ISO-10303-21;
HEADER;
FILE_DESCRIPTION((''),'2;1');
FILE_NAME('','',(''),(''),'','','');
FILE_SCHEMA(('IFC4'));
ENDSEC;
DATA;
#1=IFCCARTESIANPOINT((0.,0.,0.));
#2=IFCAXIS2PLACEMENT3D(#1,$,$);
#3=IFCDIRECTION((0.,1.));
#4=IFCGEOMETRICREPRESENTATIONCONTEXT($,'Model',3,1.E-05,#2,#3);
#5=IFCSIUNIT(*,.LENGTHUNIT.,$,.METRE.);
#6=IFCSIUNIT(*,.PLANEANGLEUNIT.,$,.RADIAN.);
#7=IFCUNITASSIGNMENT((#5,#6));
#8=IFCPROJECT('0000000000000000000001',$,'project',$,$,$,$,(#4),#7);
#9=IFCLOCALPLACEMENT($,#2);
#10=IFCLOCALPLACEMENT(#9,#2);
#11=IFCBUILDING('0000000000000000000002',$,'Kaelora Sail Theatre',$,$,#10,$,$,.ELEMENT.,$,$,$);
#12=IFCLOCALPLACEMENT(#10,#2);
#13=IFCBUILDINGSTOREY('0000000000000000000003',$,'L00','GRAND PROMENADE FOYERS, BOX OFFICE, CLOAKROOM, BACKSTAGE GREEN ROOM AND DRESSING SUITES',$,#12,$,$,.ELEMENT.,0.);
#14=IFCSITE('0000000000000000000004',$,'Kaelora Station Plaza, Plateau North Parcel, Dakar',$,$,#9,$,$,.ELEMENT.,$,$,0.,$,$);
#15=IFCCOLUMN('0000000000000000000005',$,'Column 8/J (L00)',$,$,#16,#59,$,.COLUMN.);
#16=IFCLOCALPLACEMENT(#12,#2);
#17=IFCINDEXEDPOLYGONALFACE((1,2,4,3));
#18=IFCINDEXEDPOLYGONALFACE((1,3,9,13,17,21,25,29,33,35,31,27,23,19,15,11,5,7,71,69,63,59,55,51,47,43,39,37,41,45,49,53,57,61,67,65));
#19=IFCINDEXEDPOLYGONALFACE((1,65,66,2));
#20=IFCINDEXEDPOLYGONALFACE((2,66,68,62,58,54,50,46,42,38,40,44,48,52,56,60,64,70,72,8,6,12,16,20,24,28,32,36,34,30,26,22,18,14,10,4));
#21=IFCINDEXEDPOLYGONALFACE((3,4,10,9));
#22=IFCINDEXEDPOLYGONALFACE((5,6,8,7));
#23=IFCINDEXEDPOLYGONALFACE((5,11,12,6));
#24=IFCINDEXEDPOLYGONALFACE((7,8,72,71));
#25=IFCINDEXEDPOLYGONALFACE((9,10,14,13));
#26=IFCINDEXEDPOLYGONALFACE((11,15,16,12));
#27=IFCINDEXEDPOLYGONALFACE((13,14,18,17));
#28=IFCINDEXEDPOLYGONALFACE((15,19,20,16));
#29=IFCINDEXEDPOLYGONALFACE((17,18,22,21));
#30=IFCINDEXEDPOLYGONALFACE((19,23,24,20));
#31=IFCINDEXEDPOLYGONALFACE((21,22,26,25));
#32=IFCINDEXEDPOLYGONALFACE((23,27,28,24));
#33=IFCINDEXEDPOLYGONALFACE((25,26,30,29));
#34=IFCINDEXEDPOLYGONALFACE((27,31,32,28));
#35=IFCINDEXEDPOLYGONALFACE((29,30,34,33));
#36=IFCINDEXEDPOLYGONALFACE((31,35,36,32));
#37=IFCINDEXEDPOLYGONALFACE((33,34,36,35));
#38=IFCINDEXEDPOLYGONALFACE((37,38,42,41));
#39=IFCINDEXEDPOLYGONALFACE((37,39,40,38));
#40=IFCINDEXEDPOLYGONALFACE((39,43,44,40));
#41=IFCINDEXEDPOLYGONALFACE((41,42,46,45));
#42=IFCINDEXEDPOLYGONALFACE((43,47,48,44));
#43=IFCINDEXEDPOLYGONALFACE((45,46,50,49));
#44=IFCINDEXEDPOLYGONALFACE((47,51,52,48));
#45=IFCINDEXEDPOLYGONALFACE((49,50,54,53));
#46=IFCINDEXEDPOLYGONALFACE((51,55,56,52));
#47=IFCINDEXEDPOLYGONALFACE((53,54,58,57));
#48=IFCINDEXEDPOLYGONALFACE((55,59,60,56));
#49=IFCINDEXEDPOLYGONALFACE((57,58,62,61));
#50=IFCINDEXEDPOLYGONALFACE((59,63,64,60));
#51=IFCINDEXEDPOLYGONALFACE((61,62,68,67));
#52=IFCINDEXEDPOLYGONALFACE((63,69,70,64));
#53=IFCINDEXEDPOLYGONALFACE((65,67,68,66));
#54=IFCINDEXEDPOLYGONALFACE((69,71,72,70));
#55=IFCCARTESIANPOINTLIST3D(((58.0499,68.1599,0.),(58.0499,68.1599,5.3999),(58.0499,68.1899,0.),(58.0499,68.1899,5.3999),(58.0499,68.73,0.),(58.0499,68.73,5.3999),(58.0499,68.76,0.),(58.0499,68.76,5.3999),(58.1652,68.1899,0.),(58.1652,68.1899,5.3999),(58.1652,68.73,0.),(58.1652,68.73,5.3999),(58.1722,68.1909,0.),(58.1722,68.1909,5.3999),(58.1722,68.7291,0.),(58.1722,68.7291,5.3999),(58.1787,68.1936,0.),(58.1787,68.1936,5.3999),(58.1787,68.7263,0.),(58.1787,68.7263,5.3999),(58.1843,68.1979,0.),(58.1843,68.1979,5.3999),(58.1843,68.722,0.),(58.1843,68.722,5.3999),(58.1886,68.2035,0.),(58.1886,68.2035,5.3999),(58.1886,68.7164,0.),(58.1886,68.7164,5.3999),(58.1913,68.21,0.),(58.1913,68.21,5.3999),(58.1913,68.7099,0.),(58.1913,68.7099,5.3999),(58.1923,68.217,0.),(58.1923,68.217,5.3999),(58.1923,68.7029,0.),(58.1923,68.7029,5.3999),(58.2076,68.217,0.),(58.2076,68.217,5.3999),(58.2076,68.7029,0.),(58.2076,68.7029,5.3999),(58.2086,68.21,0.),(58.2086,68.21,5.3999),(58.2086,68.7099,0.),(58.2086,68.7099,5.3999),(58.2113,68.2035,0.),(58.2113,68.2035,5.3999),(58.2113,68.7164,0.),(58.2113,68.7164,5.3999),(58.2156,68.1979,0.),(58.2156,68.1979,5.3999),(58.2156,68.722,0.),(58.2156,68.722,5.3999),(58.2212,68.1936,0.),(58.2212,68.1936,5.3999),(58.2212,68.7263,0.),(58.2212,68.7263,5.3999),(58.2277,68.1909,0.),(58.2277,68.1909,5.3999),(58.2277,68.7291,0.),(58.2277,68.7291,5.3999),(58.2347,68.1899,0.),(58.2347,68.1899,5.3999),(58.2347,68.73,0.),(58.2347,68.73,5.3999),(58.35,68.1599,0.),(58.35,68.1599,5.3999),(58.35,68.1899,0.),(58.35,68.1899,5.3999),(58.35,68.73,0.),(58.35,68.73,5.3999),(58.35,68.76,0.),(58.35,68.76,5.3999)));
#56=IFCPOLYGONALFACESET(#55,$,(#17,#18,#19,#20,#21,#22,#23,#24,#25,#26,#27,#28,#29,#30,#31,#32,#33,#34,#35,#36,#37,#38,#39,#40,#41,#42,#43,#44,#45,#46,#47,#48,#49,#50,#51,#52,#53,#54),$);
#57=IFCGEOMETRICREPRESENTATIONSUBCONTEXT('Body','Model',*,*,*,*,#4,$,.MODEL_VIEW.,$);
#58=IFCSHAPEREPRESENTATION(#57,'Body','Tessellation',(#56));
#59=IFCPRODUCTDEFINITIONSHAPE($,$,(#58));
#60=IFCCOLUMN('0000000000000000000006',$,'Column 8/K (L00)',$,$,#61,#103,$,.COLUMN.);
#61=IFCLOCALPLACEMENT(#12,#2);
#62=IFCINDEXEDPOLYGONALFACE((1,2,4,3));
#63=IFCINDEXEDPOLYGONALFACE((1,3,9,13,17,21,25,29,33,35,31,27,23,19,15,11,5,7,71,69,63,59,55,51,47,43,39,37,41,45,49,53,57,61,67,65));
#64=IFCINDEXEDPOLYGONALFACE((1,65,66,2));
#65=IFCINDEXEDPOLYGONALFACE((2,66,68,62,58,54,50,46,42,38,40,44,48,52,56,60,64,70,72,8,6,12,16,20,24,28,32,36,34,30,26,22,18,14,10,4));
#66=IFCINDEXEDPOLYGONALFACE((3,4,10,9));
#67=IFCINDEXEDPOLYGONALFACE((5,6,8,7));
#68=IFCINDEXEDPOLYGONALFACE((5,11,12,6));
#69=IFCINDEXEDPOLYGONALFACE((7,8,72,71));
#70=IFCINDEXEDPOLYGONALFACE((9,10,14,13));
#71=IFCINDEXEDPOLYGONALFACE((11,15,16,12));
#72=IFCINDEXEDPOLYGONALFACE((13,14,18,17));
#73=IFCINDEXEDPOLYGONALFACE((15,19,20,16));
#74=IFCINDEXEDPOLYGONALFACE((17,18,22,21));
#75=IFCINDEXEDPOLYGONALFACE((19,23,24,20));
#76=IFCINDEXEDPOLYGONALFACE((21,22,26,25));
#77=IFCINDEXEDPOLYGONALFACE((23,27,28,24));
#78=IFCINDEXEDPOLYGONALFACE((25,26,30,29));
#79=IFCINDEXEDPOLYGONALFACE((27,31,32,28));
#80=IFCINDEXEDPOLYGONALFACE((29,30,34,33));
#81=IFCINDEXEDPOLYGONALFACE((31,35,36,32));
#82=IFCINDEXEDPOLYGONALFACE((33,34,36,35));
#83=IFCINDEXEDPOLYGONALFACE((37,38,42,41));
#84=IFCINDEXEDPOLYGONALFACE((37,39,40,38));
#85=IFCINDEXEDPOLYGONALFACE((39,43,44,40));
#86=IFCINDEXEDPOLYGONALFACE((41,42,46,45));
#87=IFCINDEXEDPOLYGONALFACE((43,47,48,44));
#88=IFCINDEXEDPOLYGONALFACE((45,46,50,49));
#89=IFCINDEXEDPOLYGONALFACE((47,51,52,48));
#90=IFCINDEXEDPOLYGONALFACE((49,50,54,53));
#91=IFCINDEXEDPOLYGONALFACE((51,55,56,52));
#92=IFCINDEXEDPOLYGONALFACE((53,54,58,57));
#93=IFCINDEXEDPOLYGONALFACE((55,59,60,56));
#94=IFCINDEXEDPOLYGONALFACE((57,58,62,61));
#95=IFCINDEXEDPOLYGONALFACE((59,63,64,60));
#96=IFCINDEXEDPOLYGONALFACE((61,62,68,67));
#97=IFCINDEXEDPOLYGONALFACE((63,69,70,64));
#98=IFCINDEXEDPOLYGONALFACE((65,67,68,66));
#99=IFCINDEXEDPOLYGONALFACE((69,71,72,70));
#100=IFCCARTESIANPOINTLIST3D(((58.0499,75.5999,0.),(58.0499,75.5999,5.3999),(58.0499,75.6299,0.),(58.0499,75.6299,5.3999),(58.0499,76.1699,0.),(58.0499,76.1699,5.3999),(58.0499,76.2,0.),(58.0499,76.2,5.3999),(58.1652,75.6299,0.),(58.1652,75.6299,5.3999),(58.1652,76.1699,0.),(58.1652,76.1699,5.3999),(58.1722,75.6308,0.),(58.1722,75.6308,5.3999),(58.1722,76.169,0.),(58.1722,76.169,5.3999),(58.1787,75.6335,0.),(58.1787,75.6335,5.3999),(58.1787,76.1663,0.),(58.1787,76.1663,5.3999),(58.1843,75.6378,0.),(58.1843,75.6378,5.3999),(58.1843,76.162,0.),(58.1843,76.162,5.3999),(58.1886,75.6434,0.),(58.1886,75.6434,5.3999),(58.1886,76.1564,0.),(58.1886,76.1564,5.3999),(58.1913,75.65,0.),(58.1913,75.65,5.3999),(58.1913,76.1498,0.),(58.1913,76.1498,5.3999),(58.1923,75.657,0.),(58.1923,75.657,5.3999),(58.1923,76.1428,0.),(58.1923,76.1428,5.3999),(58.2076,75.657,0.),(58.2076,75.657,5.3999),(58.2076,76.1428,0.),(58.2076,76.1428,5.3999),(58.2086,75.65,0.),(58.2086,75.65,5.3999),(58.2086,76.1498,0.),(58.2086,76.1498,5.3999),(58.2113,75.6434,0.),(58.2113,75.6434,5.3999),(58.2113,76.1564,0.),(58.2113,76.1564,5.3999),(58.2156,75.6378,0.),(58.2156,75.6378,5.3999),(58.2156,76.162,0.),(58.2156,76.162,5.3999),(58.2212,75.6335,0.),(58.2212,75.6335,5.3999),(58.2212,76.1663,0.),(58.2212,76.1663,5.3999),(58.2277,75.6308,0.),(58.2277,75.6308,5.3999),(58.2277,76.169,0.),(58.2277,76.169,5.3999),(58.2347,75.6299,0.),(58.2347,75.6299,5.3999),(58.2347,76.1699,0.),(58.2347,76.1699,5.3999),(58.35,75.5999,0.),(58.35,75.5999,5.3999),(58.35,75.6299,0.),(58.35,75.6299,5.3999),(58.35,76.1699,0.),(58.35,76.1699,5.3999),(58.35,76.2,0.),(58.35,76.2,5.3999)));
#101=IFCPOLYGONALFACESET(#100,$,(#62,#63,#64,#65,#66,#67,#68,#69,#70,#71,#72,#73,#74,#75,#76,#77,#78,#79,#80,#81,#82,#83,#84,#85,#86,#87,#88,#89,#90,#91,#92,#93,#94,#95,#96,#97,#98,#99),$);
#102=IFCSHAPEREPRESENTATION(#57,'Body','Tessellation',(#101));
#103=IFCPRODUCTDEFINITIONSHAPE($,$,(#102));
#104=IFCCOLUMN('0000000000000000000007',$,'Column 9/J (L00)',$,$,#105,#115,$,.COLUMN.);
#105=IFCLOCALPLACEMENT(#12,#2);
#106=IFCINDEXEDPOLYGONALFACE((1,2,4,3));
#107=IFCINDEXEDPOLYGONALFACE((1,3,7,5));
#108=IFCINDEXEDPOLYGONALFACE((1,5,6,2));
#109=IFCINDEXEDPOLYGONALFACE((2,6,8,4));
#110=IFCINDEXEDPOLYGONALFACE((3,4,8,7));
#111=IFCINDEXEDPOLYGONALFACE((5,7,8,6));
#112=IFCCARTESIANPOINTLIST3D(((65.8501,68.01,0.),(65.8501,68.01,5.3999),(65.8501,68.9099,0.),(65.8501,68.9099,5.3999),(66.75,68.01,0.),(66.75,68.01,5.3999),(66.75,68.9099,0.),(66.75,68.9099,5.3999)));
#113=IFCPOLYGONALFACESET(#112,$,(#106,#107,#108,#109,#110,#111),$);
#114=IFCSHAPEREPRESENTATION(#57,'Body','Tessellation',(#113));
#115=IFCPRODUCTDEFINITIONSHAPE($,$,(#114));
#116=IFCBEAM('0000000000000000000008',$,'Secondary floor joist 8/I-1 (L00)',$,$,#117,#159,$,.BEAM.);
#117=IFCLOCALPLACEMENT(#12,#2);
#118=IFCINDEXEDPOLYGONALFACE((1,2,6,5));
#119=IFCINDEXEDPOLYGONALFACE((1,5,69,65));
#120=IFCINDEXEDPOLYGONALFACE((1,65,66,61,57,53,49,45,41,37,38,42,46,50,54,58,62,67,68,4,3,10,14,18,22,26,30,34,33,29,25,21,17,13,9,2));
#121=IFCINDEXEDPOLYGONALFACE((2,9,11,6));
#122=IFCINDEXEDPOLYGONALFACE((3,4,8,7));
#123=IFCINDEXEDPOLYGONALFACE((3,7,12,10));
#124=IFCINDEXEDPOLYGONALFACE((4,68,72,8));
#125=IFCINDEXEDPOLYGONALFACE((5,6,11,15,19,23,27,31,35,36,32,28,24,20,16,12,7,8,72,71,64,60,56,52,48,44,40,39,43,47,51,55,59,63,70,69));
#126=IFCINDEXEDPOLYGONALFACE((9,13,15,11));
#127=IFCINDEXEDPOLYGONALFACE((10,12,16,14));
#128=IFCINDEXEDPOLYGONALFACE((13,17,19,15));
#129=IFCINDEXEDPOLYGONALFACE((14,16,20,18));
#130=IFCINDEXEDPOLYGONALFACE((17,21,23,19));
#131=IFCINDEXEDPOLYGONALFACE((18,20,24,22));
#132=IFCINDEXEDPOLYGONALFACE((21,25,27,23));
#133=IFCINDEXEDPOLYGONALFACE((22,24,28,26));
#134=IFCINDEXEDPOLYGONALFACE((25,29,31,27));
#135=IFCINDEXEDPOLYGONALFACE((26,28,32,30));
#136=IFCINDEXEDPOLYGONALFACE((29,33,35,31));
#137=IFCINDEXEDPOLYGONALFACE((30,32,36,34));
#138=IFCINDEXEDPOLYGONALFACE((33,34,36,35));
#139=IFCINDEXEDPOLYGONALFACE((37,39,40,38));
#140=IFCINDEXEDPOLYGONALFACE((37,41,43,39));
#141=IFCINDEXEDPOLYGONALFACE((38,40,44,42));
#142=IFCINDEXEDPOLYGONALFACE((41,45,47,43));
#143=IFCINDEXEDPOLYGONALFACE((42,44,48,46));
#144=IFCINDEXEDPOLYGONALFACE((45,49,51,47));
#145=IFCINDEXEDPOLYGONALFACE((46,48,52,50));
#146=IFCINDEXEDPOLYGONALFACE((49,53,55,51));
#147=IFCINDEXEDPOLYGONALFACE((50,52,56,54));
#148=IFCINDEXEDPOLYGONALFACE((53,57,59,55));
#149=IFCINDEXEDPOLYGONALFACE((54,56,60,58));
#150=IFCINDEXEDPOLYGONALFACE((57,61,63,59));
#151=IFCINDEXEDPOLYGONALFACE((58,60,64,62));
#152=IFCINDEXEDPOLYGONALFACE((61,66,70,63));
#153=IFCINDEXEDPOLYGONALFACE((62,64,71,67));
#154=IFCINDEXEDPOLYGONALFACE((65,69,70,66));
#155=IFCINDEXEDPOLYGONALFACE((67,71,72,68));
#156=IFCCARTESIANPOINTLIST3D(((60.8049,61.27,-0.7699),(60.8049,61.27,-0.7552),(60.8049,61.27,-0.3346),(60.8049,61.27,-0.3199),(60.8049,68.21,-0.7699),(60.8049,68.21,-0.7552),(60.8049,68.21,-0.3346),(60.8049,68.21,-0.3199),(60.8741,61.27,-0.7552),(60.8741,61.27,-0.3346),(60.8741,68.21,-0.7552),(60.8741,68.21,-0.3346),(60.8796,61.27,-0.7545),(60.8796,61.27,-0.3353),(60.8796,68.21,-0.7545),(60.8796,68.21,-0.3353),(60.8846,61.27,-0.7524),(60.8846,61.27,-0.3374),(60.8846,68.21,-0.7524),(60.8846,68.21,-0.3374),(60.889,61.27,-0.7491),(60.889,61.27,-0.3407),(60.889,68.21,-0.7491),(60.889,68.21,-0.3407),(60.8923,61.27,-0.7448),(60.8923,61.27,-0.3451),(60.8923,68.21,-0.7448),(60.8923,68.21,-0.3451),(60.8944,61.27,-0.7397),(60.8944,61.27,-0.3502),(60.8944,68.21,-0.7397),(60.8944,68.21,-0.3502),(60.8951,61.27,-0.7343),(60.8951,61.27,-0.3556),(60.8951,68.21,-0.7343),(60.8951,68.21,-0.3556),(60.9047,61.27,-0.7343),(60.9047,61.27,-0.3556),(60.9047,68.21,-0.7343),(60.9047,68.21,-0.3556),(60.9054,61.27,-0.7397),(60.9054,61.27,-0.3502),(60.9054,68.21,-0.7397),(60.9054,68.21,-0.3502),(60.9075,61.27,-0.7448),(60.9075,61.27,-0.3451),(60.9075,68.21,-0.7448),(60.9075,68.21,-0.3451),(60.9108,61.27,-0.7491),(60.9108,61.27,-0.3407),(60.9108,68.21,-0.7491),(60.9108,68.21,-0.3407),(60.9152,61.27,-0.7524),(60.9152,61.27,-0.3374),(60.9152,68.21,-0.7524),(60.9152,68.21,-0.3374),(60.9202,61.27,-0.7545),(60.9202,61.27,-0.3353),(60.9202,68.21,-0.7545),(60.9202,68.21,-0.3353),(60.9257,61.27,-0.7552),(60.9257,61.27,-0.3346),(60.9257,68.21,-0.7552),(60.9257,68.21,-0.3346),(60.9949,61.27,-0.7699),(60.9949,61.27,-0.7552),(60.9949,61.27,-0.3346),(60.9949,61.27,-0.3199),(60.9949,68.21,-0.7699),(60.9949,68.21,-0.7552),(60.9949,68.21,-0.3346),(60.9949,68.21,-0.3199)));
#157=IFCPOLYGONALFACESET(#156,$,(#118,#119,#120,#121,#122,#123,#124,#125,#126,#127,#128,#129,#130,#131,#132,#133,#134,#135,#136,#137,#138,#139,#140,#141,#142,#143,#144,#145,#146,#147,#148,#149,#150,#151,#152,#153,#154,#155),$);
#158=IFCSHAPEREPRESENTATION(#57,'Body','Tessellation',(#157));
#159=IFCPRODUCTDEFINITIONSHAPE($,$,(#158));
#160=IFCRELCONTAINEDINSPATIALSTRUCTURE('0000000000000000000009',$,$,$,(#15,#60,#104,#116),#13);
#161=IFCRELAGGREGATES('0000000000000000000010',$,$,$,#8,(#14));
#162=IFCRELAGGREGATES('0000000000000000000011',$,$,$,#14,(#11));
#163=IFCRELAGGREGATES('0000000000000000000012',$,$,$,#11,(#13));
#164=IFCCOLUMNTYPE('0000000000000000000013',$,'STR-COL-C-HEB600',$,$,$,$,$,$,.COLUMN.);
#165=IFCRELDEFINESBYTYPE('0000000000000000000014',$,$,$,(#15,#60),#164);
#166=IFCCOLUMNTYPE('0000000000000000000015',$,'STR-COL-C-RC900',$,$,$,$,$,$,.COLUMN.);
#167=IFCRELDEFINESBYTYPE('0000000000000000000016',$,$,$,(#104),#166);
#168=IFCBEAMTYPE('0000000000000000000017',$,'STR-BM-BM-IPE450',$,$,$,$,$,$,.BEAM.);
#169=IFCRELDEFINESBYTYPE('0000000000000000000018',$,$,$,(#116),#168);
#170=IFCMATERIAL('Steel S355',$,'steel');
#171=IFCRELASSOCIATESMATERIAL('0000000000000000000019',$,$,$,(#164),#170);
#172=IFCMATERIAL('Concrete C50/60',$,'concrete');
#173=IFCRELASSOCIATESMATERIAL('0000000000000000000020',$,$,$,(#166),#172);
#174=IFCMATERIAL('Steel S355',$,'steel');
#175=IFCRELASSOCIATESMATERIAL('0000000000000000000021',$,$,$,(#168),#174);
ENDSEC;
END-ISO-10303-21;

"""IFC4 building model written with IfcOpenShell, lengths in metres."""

from ifc_helpers import new_model, si_unit, direction, frame, origin, origin_2d, place, context, subcontext, project, spatial, rectangle, i_section, extrude, material, material_profile, profile_set, type_object, element, save


model = new_model("IFC4")

# Units and contexts
model_context = context("Model", 3, precision=1e-05, world=origin(), true_north=direction((0.0, 1.0)))
body_context = subcontext(model_context, "Body", "Model", "MODEL_VIEW")
ifc_project = project(units=[si_unit("LENGTHUNIT", "METRE"), si_unit("PLANEANGLEUNIT", "RADIAN")], contexts=[model_context])

# Site, building, storey
site_placement = place(None, origin())
site = spatial("IfcSite", under=ifc_project, at=site_placement, Name="Kaelora Station Plaza, Plateau North Parcel, Dakar", CompositionType="ELEMENT", RefElevation=0.0)
building_placement = place(site_placement, origin())
building = spatial("IfcBuilding", under=site, at=building_placement, Name="Kaelora Sail Theatre", CompositionType="ELEMENT")
storey_placement = place(building_placement, origin())
storey = spatial("IfcBuildingStorey", under=building, at=storey_placement, Name="L00", Description="GRAND PROMENADE FOYERS, BOX OFFICE, CLOAKROOM, BACKSTAGE GREEN ROOM AND DRESSING SUITES", CompositionType="ELEMENT", Elevation=0.0)

# Columns
ifc_material_1 = material(Name="Steel S355", Category="steel")
ifc_material_profile_1 = material_profile(ifc_material_1, i_section(OverallWidth=0.3, OverallDepth=0.6001, WebThickness=0.0154, FlangeThickness=0.03, FilletRadius=0.0271, at=origin_2d()), Name="HEB 600")
ifc_profile_set_1 = profile_set([ifc_material_profile_1], Name="Steel S355")
column_type_1 = type_object("IfcColumnType", Name="STR-COL-C-HEB600", PredefinedType="COLUMN", material=ifc_profile_set_1)
for number, where, z_axis, x_axis, name in (
    (1, (58.2, 68.46, 0.0), (0.0, 0.0, 1.0), (1.0, 0.0, 0.0), "Column 8/J (L00)"),
    (2, (58.2, 75.8999, 0.0), (0.0, 0.0, 1.0), (1.0, 0.0, 0.0), "Column 8/K (L00)"),
):
    element("IfcColumn", number, at=place(storey_placement, frame(where, z_axis=z_axis, x_axis=x_axis)), inside=storey, type_object=column_type_1, Name=name, PredefinedType="COLUMN", context=body_context, shape_type="SweptSolid", body=[
        extrude(i_section(OverallWidth=0.3, OverallDepth=0.6001, WebThickness=0.0154, FlangeThickness=0.03, FilletRadius=0.0271, at=origin_2d()), origin(), (0.0, 0.0, 1.0), 5.3999),
    ])
ifc_material_2 = material(Name="Concrete C50/60", Category="concrete")
ifc_material_profile_2 = material_profile(ifc_material_2, rectangle(XDim=0.8999, YDim=0.8999, at=origin_2d()), Name="RC-COL 900x900")
ifc_profile_set_2 = profile_set([ifc_material_profile_2], Name="Concrete C50/60")
column_type_2 = type_object("IfcColumnType", Name="STR-COL-C-RC900", PredefinedType="COLUMN", material=ifc_profile_set_2)
column_placement = place(storey_placement, frame((66.3, 68.46, 0.0), z_axis=(0.0, 0.0, 1.0), x_axis=(1.0, 0.0, 0.0)))
element("IfcColumn", 3, at=column_placement, inside=storey, type_object=column_type_2, Name="Column 9/J (L00)", PredefinedType="COLUMN", context=body_context, shape_type="SweptSolid", body=[
    extrude(rectangle(XDim=0.8999, YDim=0.8999, at=origin_2d()), origin(), (0.0, 0.0, 1.0), 5.3999),
])

# Beam
ifc_material_3 = material(Name="Steel S355", Category="steel")
ifc_material_profile_3 = material_profile(ifc_material_3, i_section(OverallWidth=0.1899, OverallDepth=0.45, WebThickness=0.0095, FlangeThickness=0.0146, FilletRadius=0.021, at=origin_2d()), Name="IPE 450")
ifc_profile_set_3 = profile_set([ifc_material_profile_3], Name="Steel S355")
beam_type_1 = type_object("IfcBeamType", Name="STR-BM-BM-IPE450", PredefinedType="BEAM", material=ifc_profile_set_3)
beam_1_placement = place(storey_placement, frame((60.8999, 61.27, -0.5449), z_axis=(0.0, 1.0, 0.0), x_axis=(-1.0, 0.0, 0.0)))
element("IfcBeam", 4, at=beam_1_placement, inside=storey, type_object=beam_type_1, Name="Secondary floor joist 8/I-1 (L00)", PredefinedType="BEAM", context=body_context, shape_type="SweptSolid", body=[
    extrude(i_section(OverallWidth=0.1899, OverallDepth=0.45, WebThickness=0.0095, FlangeThickness=0.0146, FilletRadius=0.021, at=origin_2d()), origin(), (0.0, 0.0, 1.0), 6.9399),
])

save(model, "model.ifc")
